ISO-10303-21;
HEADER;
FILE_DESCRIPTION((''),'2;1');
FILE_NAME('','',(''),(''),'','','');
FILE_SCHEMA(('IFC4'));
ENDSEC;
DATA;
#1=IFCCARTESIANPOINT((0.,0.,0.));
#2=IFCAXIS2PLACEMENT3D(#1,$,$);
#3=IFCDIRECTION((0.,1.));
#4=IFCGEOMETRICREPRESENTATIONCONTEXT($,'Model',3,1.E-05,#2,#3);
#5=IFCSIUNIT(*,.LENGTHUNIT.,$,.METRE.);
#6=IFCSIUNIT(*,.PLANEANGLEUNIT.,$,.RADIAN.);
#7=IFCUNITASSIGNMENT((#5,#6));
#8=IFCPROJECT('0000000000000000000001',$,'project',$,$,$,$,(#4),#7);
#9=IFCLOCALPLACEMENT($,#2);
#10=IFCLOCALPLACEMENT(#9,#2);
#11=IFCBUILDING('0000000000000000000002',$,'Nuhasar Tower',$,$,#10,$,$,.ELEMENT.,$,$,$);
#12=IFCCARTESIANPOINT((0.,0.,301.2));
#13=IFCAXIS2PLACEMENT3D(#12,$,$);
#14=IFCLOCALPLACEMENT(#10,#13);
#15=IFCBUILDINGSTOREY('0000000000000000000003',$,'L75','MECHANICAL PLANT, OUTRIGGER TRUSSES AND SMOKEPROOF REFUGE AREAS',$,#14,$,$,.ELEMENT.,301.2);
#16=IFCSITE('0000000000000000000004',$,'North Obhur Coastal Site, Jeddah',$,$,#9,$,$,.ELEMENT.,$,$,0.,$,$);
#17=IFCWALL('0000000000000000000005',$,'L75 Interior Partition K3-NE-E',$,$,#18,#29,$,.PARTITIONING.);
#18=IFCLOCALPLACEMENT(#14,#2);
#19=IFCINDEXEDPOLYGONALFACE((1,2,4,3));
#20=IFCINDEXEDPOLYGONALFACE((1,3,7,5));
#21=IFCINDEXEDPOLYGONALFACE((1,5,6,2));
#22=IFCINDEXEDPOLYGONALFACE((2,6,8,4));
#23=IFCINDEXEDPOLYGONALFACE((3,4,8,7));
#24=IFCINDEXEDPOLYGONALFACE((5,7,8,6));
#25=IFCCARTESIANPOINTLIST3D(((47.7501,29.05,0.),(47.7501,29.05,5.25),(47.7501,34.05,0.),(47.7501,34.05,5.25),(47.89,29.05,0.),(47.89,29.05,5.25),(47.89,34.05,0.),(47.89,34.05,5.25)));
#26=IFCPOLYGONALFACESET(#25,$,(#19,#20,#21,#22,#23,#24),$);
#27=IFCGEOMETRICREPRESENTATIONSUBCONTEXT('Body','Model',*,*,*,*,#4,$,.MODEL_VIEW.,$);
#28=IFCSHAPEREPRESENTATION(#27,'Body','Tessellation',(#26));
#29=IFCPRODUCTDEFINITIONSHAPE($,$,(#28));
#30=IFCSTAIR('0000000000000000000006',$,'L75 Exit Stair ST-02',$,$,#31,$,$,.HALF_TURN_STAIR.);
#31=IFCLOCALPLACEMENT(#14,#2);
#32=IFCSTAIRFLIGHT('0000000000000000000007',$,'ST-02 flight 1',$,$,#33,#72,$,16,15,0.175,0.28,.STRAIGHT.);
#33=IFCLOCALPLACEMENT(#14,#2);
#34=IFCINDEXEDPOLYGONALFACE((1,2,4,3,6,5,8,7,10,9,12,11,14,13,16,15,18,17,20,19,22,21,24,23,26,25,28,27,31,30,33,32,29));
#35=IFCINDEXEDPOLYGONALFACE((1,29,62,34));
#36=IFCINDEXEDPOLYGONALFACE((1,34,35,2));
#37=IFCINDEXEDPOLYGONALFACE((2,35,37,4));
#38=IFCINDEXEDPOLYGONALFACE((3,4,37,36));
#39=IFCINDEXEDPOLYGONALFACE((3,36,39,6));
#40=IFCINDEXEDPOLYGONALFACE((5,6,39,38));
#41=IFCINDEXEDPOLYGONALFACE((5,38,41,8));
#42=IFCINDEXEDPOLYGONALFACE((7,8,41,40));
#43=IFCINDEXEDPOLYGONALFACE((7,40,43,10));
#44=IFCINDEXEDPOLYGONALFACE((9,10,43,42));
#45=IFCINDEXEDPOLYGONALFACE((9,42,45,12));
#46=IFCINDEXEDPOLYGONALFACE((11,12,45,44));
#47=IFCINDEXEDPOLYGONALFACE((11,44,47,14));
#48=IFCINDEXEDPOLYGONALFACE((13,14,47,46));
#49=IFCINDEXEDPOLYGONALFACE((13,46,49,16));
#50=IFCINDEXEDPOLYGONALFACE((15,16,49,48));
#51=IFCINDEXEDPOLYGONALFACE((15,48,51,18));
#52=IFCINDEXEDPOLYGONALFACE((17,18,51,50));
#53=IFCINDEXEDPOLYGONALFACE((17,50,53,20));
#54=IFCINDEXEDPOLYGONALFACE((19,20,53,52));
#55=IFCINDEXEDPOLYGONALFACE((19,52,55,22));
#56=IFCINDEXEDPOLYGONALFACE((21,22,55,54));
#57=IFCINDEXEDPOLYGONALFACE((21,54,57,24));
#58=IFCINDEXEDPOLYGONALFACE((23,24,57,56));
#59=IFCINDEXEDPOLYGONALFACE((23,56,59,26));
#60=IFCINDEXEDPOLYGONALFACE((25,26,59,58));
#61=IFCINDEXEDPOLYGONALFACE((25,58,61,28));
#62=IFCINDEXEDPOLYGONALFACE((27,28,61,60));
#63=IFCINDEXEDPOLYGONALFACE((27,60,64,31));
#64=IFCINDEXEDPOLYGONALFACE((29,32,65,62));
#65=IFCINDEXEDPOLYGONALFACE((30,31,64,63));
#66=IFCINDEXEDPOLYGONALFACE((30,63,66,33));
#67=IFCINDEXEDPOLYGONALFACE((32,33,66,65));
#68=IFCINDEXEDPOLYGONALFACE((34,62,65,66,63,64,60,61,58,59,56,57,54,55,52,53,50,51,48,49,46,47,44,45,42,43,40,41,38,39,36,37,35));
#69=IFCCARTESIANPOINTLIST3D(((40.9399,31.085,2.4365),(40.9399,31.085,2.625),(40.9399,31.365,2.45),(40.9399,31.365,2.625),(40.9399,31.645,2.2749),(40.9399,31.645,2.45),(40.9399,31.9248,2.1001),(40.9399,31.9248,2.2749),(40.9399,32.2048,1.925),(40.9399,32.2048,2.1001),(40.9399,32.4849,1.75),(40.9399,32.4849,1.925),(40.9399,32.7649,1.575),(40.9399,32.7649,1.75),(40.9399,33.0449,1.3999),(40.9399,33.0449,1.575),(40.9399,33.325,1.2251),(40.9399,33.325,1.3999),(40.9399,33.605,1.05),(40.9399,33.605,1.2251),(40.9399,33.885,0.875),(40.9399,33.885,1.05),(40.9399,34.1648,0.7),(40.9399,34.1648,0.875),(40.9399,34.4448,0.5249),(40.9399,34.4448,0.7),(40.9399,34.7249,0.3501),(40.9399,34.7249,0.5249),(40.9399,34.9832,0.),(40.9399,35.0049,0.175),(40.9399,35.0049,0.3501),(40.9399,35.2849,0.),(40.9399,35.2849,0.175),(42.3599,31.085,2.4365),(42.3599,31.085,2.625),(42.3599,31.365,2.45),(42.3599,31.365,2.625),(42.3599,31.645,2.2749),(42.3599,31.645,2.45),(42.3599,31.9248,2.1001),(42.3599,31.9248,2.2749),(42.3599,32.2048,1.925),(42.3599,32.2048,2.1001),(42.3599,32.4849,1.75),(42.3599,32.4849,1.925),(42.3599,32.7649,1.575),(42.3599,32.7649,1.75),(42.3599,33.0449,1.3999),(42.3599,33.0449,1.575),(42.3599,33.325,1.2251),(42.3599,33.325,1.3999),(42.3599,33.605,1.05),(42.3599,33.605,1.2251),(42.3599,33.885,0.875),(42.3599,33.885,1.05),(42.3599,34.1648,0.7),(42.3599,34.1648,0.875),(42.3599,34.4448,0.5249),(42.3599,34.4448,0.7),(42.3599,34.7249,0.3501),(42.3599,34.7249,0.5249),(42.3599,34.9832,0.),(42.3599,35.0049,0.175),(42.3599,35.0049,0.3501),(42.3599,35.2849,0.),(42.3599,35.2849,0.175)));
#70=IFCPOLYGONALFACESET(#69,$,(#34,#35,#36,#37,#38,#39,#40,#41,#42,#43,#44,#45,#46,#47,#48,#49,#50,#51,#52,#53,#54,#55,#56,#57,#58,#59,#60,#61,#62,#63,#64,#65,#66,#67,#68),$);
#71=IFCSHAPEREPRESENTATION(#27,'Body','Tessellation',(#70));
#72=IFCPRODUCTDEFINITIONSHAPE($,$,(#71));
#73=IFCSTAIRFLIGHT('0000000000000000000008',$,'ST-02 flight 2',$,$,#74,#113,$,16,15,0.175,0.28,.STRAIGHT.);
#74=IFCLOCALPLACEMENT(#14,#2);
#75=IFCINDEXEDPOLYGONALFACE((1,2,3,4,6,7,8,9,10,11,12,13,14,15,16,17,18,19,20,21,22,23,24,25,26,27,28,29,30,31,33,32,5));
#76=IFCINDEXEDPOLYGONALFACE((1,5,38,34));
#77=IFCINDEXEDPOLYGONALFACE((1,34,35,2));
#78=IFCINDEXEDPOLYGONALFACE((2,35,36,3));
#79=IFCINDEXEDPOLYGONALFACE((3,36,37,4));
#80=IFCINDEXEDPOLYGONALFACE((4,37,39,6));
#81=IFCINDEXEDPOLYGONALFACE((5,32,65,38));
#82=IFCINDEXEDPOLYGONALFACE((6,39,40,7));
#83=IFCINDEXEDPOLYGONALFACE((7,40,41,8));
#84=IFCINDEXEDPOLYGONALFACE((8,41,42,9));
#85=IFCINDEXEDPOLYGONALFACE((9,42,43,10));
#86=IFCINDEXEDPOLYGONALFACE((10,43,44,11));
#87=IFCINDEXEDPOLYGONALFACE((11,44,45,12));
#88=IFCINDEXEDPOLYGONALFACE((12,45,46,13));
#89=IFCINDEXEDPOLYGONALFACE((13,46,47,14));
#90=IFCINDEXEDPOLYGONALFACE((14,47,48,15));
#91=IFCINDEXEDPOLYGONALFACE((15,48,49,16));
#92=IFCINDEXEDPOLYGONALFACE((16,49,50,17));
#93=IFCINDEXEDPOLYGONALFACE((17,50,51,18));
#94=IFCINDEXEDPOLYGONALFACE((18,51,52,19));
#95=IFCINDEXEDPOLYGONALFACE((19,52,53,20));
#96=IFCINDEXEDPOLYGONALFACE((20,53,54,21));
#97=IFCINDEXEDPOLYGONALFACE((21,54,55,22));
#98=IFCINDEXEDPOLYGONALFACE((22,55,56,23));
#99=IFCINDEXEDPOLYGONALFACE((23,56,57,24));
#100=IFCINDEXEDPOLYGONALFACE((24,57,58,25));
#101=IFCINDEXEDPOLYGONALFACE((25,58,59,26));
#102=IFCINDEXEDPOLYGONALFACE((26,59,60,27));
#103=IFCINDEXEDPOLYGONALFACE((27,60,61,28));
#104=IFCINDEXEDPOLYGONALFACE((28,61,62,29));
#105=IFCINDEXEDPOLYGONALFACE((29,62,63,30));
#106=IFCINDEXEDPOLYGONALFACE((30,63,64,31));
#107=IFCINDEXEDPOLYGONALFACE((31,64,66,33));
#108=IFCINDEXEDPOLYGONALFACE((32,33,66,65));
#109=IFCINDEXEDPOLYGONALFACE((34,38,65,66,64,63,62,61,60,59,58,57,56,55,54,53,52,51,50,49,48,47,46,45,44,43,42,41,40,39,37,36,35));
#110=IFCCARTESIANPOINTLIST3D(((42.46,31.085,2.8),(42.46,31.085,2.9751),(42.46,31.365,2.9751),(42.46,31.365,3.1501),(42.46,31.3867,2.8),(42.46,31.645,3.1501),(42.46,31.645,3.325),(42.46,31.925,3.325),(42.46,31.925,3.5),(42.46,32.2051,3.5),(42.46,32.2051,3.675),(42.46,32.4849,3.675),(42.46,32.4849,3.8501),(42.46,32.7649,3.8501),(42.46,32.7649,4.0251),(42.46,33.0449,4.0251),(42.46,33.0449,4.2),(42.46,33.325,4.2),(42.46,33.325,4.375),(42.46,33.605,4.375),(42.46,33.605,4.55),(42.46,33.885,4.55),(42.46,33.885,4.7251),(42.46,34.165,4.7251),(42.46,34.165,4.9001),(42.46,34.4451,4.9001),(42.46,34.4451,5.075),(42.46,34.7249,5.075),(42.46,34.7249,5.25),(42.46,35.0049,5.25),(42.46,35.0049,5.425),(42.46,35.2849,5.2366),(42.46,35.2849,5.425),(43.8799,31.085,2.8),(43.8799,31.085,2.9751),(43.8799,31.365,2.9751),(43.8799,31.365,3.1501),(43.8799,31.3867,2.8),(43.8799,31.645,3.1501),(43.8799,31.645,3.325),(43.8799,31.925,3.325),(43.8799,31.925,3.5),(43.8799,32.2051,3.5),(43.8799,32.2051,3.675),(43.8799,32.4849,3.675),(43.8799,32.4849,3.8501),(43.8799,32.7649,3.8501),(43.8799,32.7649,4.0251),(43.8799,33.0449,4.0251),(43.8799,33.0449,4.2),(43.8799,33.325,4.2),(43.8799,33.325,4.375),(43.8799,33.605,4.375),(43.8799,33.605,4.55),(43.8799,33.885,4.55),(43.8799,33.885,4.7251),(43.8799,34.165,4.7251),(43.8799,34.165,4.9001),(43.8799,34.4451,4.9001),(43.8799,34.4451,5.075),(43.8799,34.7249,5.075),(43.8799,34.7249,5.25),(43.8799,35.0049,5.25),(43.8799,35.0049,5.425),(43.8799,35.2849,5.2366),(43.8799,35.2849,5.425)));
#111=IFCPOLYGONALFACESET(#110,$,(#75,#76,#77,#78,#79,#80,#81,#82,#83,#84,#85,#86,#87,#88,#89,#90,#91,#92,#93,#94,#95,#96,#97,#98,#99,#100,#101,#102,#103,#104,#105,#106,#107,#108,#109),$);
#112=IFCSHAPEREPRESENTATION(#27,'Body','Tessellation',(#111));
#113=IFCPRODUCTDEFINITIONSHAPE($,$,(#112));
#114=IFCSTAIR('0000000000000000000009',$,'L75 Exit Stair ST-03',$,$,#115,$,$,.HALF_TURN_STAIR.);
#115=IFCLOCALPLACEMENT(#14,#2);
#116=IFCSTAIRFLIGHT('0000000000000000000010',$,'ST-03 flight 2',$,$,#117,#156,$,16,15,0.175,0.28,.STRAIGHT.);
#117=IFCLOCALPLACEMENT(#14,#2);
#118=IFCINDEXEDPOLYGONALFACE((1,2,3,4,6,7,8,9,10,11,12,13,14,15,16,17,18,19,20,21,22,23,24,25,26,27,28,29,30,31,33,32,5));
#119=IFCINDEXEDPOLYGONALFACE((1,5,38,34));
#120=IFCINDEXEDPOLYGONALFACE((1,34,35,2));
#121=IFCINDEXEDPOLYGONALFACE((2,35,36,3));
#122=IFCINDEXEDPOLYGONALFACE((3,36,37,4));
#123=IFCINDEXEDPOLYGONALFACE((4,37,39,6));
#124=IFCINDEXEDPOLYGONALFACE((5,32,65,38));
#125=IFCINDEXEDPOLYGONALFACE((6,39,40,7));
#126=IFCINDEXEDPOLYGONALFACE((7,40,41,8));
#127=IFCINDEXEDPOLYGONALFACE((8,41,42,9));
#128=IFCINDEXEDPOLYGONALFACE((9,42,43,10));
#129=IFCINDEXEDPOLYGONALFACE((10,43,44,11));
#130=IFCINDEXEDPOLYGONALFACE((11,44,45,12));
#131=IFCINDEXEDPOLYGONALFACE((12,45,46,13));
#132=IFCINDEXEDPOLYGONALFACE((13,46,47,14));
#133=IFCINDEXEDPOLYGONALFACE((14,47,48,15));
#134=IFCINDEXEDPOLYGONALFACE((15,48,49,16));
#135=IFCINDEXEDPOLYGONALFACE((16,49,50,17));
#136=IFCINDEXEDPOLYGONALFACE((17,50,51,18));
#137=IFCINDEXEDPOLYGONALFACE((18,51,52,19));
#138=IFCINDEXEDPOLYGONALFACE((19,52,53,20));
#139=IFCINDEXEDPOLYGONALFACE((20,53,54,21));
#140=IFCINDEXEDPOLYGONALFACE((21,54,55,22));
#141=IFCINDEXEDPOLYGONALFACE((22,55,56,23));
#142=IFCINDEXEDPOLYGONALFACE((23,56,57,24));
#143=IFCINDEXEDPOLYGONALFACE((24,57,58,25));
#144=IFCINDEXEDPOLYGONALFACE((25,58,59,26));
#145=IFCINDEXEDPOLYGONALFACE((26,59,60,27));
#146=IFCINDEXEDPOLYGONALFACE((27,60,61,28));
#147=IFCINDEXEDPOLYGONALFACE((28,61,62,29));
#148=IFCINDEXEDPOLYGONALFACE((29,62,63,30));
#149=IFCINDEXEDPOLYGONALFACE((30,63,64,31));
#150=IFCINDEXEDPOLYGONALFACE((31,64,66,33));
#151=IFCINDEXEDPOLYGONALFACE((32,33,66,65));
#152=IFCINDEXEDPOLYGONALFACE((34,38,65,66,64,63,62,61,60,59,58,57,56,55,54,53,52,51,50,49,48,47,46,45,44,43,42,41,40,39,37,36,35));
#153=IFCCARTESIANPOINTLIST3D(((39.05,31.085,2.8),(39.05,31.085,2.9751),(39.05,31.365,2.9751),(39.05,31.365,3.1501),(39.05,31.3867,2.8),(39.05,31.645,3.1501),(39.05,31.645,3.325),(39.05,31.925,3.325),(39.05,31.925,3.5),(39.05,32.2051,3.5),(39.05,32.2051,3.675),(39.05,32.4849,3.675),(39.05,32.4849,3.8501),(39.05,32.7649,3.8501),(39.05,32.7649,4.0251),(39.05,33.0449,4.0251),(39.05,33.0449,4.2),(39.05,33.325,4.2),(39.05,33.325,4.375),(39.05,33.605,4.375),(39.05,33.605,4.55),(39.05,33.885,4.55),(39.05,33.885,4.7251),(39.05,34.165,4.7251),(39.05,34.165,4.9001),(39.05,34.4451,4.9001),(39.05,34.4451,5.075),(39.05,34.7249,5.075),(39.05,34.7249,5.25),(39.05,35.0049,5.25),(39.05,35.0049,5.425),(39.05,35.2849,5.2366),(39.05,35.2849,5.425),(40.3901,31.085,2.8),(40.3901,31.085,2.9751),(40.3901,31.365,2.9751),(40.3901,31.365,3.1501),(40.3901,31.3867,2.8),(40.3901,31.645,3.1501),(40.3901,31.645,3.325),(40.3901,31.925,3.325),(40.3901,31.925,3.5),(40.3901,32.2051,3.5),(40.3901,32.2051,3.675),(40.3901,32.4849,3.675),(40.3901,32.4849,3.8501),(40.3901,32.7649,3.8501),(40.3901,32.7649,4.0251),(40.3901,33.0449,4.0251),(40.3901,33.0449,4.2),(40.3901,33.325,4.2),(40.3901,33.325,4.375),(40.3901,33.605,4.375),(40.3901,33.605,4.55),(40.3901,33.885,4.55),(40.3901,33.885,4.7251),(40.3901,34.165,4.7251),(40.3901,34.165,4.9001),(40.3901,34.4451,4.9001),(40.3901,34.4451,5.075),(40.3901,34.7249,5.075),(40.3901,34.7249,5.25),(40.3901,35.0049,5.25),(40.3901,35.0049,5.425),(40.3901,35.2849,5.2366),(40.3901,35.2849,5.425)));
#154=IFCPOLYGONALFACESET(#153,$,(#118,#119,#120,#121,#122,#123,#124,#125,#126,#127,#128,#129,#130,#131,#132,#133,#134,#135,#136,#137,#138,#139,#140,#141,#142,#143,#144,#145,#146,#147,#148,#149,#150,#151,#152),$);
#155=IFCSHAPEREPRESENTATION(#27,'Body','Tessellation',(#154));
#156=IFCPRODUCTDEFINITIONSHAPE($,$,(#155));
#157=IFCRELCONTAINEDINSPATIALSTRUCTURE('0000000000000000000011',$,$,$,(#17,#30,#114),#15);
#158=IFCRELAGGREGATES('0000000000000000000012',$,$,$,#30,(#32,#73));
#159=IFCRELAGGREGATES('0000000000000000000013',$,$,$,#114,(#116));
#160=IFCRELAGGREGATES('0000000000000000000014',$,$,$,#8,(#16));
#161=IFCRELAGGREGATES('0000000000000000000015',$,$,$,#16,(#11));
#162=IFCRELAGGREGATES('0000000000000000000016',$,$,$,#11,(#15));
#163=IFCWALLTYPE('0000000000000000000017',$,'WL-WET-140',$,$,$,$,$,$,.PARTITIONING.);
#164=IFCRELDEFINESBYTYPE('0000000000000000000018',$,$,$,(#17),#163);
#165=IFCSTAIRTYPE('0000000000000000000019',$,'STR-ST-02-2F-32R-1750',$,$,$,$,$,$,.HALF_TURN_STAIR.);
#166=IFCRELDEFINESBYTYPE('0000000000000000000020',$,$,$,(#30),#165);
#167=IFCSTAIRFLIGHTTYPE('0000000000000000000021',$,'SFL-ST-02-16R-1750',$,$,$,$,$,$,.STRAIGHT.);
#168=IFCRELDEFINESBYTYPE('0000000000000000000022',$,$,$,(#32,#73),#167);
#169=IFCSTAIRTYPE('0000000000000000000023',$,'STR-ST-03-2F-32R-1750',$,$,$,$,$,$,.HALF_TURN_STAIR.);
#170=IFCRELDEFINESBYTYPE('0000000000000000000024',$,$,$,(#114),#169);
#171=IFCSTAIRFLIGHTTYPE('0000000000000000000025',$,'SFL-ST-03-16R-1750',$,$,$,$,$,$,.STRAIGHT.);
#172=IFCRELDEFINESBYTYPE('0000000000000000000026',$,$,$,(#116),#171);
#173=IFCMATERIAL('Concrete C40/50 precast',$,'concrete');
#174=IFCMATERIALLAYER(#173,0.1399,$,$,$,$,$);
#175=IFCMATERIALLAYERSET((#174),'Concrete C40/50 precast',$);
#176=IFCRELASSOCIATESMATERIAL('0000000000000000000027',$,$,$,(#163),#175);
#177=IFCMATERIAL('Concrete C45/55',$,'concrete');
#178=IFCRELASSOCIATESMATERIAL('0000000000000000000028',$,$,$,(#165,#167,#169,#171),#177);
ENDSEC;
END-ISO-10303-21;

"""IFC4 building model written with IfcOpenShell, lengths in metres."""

from ifc_helpers import new_model, si_unit, direction, frame, frame_2d, origin, place, context, subcontext, project, spatial, polyline, rectangle, outline, extrude, material, layer, layer_set, type_object, element, aggregate, save


model = new_model("IFC4")

# Units and contexts
model_context = context("Model", 3, precision=1e-05, world=origin(), true_north=direction((0.0, 1.0)))
body_context = subcontext(model_context, "Body", "Model", "MODEL_VIEW")
ifc_project = project(units=[si_unit("LENGTHUNIT", "METRE"), si_unit("PLANEANGLEUNIT", "RADIAN")], contexts=[model_context])

# Site, building, storey
site_placement = place(None, origin())
site = spatial("IfcSite", under=ifc_project, at=site_placement, Name="North Obhur Coastal Site, Jeddah", CompositionType="ELEMENT", RefElevation=0.0)
building_placement = place(site_placement, origin())
building = spatial("IfcBuilding", under=site, at=building_placement, Name="Nuhasar Tower", CompositionType="ELEMENT")
storey_placement = place(building_placement, frame((0.0, 0.0, 301.2)))
storey = spatial("IfcBuildingStorey", under=building, at=storey_placement, Name="L75", Description="MECHANICAL PLANT, OUTRIGGER TRUSSES AND SMOKEPROOF REFUGE AREAS", CompositionType="ELEMENT", Elevation=301.2)

# Shared definitions
ifc_material_1 = material(Name="Concrete C45/55", Category="concrete")

# Shared definitions
ifc_material_2 = material(Name="Concrete C40/50 precast", Category="concrete")
ifc_layer_1 = layer(ifc_material_2, 0.1399)
ifc_layer_set_1 = layer_set([ifc_layer_1], Name="Concrete C40/50 precast")
wall_type_1 = type_object("IfcWallType", Name="WL-WET-140", PredefinedType="PARTITIONING", material=ifc_layer_set_1)

# Wall
wall_1_placement = place(storey_placement, frame((47.8201, 29.05, 0.0), z_axis=(0.0, 0.0, 1.0), x_axis=(0.0, 1.0, 0.0)))
element("IfcWall", 1, at=wall_1_placement, inside=storey, type_object=wall_type_1, Name="L75 Interior Partition K3-NE-E", PredefinedType="PARTITIONING", context=body_context, shape_type="SweptSolid", body=[
    extrude(rectangle(XDim=5.0, YDim=0.1399, at=frame_2d((2.5, 0.0))), origin(), (0.0, 0.0, 1.0), 5.25),
])

# Stair, stair flights
stair_type_1 = type_object("IfcStairType", Name="STR-ST-02-2F-32R-1750", PredefinedType="HALF_TURN_STAIR", material=ifc_material_1)
stair_1_placement = place(storey_placement, origin())
stair_1 = element("IfcStair", 2, at=stair_1_placement, inside=storey, type_object=stair_type_1, Name="L75 Exit Stair ST-02", PredefinedType="HALF_TURN_STAIR")
stair_flight_type_1 = type_object("IfcStairFlightType", Name="SFL-ST-02-16R-1750", PredefinedType="STRAIGHT", material=ifc_material_1)
stair_flight_1_placement = place(storey_placement, frame((41.6499, 35.2849, 0.0), z_axis=(0.0, 0.0, 1.0), x_axis=(0.0, -1.0, 0.0)))
stair_flight_1 = element("IfcStairFlight", 3, at=stair_flight_1_placement, type_object=stair_flight_type_1, Name="ST-02 flight 1", NumberOfRisers=16, NumberOfTreads=15, PredefinedType="STRAIGHT", RiserHeight=0.175, TreadLength=0.28, context=body_context, shape_type="SweptSolid", body=[
    extrude(outline(polyline([(0.0, 0.0), (0.0, 0.175), (0.28, 0.175), (0.28, 0.3501), (0.5601, 0.3501), (0.5601, 0.5249), (0.8401, 0.5249), (0.8401, 0.7), (1.1201, 0.7), (1.1201, 0.875), (1.3999, 0.875), (1.3999, 1.05), (1.6799, 1.05), (1.6799, 1.2251), (1.96, 1.2251), (1.96, 1.3999), (2.24, 1.3999), (2.24, 1.575), (2.52, 1.575), (2.52, 1.75), (2.8, 1.75), (2.8, 1.925), (3.0801, 1.925), (3.0801, 2.1001), (3.3601, 2.1001), (3.3601, 2.2749), (3.6399, 2.2749), (3.6399, 2.45), (3.9199, 2.45), (3.9199, 2.625), (4.2, 2.625), (4.2, 2.8), (4.2, 2.4365), (0.3018, 0.0), (0.0, 0.0)])), frame((0.0, 0.71, 0.0), z_axis=(0.0, -1.0, 0.0), x_axis=(1.0, 0.0, 0.0)), (0.0, 0.0, 1.0), 1.4199),
])
stair_flight_2_placement = place(storey_placement, frame((43.1699, 31.085, 2.8), z_axis=(0.0, 0.0, 1.0), x_axis=(0.0, 1.0, 0.0)))
stair_flight_2 = element("IfcStairFlight", 4, at=stair_flight_2_placement, type_object=stair_flight_type_1, Name="ST-02 flight 2", NumberOfRisers=16, NumberOfTreads=15, PredefinedType="STRAIGHT", RiserHeight=0.175, TreadLength=0.28, context=body_context, shape_type="SweptSolid", body=[
    extrude(outline(polyline([(0.0, 0.0), (0.0, 0.175), (0.28, 0.175), (0.28, 0.3501), (0.5601, 0.3501), (0.5601, 0.5249), (0.8401, 0.5249), (0.8401, 0.7), (1.1201, 0.7), (1.1201, 0.875), (1.3999, 0.875), (1.3999, 1.05), (1.6799, 1.05), (1.6799, 1.2251), (1.96, 1.2251), (1.96, 1.3999), (2.24, 1.3999), (2.24, 1.575), (2.52, 1.575), (2.52, 1.75), (2.8, 1.75), (2.8, 1.925), (3.0801, 1.925), (3.0801, 2.1001), (3.3601, 2.1001), (3.3601, 2.2749), (3.6399, 2.2749), (3.6399, 2.45), (3.9199, 2.45), (3.9199, 2.625), (4.2, 2.625), (4.2, 2.8), (4.2, 2.4365), (0.3018, 0.0), (0.0, 0.0)])), frame((0.0, 0.71, 0.0), z_axis=(0.0, -1.0, 0.0), x_axis=(1.0, 0.0, 0.0)), (0.0, 0.0, 1.0), 1.4199),
])
aggregate(stair_1, [stair_flight_1, stair_flight_2])

# Stair, stair flight
stair_type_2 = type_object("IfcStairType", Name="STR-ST-03-2F-32R-1750", PredefinedType="HALF_TURN_STAIR", material=ifc_material_1)
stair_2_placement = place(storey_placement, origin())
stair_2 = element("IfcStair", 5, at=stair_2_placement, inside=storey, type_object=stair_type_2, Name="L75 Exit Stair ST-03", PredefinedType="HALF_TURN_STAIR")
stair_flight_type_2 = type_object("IfcStairFlightType", Name="SFL-ST-03-16R-1750", PredefinedType="STRAIGHT", material=ifc_material_1)
stair_flight_3_placement = place(storey_placement, frame((39.72, 31.085, 2.8), z_axis=(0.0, 0.0, 1.0), x_axis=(0.0, 1.0, 0.0)))
stair_flight_3 = element("IfcStairFlight", 6, at=stair_flight_3_placement, type_object=stair_flight_type_2, Name="ST-03 flight 2", NumberOfRisers=16, NumberOfTreads=15, PredefinedType="STRAIGHT", RiserHeight=0.175, TreadLength=0.28, context=body_context, shape_type="SweptSolid", body=[
    extrude(outline(polyline([(0.0, 0.0), (0.0, 0.175), (0.28, 0.175), (0.28, 0.3501), (0.5601, 0.3501), (0.5601, 0.5249), (0.8401, 0.5249), (0.8401, 0.7), (1.1201, 0.7), (1.1201, 0.875), (1.3999, 0.875), (1.3999, 1.05), (1.6799, 1.05), (1.6799, 1.2251), (1.96, 1.2251), (1.96, 1.3999), (2.24, 1.3999), (2.24, 1.575), (2.52, 1.575), (2.52, 1.75), (2.8, 1.75), (2.8, 1.925), (3.0801, 1.925), (3.0801, 2.1001), (3.3601, 2.1001), (3.3601, 2.2749), (3.6399, 2.2749), (3.6399, 2.45), (3.9199, 2.45), (3.9199, 2.625), (4.2, 2.625), (4.2, 2.8), (4.2, 2.4365), (0.3018, 0.0), (0.0, 0.0)])), frame((0.0, 0.6699, 0.0), z_axis=(0.0, -1.0, 0.0), x_axis=(1.0, 0.0, 0.0)), (0.0, 0.0, 1.0), 1.3401),
])
aggregate(stair_2, [stair_flight_3])

save(model, "model.ifc")
